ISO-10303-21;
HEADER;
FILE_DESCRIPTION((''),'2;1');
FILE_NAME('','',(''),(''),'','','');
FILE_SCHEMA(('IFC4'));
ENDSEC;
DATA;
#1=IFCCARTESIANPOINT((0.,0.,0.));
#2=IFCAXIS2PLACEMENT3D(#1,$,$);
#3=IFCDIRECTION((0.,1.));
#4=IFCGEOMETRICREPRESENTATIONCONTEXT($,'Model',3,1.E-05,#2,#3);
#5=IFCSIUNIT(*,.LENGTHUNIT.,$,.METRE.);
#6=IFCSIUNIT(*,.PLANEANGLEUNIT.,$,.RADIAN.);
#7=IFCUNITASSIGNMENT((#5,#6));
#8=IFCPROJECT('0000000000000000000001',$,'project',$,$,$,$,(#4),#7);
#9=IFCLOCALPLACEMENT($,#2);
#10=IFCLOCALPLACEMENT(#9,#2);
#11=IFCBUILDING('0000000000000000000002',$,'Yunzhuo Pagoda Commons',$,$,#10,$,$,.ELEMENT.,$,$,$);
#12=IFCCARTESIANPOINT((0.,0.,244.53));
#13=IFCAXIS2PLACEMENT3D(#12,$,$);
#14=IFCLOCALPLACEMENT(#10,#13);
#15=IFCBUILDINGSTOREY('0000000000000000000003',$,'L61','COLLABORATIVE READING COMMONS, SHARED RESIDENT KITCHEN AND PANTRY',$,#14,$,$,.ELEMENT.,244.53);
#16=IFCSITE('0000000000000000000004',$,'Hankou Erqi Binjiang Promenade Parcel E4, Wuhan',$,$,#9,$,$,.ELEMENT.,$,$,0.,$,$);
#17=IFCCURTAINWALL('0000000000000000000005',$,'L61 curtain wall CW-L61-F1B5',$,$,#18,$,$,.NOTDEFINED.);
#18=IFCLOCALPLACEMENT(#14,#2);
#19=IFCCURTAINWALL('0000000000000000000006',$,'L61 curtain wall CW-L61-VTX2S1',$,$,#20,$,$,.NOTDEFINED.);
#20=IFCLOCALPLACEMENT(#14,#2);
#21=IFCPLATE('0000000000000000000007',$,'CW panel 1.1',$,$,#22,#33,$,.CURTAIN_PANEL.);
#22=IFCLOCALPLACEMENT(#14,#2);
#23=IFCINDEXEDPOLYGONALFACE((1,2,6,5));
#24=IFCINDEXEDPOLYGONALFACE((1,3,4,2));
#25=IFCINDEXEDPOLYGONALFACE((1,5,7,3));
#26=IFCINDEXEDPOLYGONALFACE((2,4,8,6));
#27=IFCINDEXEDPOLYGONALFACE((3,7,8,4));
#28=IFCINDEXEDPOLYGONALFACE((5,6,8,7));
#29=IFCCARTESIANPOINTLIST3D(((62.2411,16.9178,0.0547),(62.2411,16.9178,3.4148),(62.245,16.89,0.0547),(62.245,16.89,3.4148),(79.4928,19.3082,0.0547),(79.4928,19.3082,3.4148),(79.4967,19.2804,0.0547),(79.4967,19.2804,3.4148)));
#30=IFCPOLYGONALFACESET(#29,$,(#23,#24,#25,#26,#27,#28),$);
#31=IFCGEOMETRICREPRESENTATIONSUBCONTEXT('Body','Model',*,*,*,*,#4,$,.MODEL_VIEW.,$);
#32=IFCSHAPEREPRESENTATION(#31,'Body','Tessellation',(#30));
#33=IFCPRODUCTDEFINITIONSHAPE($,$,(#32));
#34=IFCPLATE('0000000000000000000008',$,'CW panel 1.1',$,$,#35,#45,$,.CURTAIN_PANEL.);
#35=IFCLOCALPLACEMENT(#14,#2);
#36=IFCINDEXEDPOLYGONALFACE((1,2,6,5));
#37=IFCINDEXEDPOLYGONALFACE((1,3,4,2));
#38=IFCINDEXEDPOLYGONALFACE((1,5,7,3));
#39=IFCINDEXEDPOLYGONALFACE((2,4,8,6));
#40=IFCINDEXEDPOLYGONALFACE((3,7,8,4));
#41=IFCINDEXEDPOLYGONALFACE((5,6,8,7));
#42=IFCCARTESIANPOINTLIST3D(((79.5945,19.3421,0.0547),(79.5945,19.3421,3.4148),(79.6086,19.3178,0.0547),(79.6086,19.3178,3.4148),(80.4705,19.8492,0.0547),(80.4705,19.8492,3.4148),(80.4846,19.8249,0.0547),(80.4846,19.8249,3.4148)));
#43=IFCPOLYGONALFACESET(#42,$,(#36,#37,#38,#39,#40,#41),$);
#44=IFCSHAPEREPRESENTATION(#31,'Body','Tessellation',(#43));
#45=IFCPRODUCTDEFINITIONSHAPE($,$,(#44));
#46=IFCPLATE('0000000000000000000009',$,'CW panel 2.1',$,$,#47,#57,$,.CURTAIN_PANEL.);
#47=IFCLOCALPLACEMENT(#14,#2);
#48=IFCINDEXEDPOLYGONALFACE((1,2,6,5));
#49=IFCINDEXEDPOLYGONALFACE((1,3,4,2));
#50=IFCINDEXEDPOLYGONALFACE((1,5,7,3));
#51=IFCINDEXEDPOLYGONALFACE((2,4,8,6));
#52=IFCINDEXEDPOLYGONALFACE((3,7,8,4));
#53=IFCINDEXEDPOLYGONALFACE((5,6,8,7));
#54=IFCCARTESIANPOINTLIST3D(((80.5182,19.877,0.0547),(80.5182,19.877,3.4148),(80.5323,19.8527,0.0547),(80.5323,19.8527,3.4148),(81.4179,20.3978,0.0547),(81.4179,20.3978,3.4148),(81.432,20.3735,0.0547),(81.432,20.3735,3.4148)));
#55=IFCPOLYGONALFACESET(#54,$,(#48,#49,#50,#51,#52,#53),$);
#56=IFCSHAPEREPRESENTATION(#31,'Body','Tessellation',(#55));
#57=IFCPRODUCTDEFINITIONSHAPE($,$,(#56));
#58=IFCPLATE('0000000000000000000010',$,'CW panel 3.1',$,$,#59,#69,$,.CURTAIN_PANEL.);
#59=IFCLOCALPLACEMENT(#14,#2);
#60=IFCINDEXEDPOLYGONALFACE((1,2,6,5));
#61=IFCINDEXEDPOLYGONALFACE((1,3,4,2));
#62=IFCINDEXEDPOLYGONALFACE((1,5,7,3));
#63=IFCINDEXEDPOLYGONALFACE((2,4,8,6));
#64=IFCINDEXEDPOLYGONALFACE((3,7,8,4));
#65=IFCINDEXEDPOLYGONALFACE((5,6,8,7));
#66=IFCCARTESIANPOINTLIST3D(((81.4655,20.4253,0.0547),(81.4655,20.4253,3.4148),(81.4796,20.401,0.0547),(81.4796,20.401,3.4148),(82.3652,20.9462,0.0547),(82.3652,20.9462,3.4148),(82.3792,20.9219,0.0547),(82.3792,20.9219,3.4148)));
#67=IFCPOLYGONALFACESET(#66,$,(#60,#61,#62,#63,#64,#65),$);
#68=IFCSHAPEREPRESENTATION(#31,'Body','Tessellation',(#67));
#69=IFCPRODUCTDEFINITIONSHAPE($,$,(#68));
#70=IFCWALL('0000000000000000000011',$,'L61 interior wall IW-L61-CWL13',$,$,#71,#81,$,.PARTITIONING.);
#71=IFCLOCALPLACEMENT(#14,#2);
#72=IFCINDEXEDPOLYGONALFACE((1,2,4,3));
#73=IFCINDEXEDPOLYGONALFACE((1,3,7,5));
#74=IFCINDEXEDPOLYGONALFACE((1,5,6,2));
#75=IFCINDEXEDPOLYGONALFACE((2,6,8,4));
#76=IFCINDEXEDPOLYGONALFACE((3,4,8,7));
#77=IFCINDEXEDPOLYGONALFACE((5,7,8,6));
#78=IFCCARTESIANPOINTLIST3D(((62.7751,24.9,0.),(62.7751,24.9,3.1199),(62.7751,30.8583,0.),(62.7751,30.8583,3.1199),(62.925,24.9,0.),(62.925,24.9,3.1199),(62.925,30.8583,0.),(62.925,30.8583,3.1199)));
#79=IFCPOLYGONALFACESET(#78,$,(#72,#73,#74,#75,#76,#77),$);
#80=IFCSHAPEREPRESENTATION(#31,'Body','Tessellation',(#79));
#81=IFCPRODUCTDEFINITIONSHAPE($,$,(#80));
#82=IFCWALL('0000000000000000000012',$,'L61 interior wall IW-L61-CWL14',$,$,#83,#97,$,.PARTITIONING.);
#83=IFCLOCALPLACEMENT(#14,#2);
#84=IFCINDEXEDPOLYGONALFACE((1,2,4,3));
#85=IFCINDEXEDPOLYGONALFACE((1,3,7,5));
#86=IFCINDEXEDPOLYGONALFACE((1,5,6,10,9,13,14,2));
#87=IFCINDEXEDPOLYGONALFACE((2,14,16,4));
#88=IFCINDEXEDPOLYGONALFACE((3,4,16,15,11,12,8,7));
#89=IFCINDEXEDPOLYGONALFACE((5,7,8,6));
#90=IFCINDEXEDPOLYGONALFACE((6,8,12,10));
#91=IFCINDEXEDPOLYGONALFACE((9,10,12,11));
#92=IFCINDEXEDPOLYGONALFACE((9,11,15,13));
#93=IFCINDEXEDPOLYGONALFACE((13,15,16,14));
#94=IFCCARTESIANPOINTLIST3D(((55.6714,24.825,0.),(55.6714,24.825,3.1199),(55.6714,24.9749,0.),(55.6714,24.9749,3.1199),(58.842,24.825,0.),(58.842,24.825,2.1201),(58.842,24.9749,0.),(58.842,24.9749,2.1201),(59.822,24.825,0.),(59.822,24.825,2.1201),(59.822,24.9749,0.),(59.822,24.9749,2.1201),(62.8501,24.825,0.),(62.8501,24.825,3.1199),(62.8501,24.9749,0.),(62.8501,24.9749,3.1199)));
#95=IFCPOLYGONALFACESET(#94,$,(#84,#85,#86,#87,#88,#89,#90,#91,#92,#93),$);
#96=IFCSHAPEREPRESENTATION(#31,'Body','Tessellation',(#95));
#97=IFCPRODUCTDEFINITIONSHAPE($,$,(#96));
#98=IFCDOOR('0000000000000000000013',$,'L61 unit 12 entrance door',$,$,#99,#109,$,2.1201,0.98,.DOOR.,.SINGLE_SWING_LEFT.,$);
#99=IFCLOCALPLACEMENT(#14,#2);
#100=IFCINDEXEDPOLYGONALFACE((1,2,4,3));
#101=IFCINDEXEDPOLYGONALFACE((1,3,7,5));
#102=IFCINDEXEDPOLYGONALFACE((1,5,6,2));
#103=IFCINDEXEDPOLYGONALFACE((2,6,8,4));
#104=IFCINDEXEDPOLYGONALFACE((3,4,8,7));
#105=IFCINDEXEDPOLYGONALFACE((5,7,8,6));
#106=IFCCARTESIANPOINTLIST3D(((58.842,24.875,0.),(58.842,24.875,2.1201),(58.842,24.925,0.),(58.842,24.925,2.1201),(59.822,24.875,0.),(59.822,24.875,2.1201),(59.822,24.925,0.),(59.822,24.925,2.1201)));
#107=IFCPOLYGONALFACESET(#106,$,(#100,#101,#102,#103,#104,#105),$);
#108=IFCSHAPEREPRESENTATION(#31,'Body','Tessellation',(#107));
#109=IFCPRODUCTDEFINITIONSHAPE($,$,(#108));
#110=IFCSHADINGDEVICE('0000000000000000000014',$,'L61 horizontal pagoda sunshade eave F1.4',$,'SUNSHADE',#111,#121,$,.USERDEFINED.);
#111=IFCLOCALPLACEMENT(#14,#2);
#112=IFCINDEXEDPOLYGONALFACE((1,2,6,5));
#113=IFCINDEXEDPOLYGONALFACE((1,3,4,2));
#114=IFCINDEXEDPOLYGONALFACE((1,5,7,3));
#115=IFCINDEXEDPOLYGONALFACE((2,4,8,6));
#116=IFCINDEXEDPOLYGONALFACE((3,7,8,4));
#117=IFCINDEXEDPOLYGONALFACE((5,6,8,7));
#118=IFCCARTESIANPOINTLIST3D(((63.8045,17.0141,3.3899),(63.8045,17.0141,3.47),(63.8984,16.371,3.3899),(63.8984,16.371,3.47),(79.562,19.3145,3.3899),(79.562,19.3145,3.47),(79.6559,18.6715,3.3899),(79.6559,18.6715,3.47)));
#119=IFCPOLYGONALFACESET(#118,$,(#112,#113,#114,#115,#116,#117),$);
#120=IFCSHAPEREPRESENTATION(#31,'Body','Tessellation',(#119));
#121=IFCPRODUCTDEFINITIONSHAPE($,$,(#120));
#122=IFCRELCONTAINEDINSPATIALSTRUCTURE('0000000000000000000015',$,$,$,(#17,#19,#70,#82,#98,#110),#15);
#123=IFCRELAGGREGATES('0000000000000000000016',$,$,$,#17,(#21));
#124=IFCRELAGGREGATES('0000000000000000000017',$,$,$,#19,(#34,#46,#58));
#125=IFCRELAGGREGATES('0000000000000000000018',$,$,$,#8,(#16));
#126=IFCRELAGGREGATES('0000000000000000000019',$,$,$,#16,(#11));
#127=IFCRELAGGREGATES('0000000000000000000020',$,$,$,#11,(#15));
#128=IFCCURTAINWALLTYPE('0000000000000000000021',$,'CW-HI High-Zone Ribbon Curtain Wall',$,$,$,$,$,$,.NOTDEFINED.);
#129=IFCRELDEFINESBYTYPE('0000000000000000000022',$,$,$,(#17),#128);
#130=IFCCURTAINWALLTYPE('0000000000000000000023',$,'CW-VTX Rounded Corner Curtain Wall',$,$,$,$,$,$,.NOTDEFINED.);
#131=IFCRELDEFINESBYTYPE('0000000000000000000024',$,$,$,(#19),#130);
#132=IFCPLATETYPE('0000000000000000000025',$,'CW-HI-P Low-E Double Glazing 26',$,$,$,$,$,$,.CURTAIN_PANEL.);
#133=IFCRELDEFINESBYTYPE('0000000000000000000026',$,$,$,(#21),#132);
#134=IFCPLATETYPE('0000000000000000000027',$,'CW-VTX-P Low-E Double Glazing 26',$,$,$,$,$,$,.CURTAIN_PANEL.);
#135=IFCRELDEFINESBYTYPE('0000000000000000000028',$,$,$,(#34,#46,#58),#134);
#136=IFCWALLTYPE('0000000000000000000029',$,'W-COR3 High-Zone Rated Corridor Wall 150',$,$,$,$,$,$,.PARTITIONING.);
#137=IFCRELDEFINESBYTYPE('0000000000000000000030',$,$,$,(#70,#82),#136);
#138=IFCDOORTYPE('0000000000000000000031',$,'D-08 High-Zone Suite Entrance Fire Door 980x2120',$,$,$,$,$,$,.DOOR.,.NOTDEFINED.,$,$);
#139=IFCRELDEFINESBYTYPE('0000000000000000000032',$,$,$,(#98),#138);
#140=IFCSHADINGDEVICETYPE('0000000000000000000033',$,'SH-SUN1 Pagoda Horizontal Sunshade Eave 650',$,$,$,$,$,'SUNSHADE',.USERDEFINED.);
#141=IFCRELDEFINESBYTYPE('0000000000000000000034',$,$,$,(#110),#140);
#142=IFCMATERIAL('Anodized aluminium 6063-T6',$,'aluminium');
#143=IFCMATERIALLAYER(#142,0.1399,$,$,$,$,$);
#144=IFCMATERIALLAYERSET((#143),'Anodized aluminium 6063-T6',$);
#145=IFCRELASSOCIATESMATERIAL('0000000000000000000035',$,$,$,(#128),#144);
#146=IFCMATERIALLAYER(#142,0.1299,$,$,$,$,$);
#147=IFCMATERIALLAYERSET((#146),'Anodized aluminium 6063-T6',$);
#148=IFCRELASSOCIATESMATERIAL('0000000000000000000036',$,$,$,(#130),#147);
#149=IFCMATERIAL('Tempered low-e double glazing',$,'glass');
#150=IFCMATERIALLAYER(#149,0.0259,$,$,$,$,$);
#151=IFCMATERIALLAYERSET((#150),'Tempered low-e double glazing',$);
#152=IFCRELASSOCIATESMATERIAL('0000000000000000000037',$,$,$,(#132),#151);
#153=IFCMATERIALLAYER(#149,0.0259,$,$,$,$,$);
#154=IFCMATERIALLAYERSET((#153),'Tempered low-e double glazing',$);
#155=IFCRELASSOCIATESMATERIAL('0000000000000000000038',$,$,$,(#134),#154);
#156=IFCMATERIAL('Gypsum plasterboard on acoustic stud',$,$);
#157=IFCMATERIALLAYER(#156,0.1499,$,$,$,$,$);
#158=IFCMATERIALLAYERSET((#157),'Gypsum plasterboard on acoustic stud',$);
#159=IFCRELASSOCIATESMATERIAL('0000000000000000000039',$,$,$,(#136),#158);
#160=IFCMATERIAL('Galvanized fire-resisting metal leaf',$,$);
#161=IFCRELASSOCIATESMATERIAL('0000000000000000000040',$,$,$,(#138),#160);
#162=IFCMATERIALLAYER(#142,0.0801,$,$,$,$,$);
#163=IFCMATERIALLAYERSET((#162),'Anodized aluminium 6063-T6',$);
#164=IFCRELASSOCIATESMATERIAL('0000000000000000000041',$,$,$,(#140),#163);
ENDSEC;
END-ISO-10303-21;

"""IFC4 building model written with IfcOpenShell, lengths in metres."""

from ifc_helpers import new_model, si_unit, direction, frame, frame_2d, origin, origin_with_axes, origin_2d, place, context, subcontext, project, spatial, rectangle, extrude, source, transform, mapped, material, layer, layer_set, type_object, element, fill, aggregate, save


model = new_model("IFC4")

# Units and contexts
model_context = context("Model", 3, precision=1e-05, world=origin(), true_north=direction((0.0, 1.0)))
body_context = subcontext(model_context, "Body", "Model", "MODEL_VIEW")
ifc_project = project(units=[si_unit("LENGTHUNIT", "METRE"), si_unit("PLANEANGLEUNIT", "RADIAN")], contexts=[model_context])

# Site, building, storey
site_placement = place(None, origin())
site = spatial("IfcSite", under=ifc_project, at=site_placement, Name="Hankou Erqi Binjiang Promenade Parcel E4, Wuhan", CompositionType="ELEMENT", RefElevation=0.0)
building_placement = place(site_placement, origin())
building = spatial("IfcBuilding", under=site, at=building_placement, Name="Yunzhuo Pagoda Commons", CompositionType="ELEMENT")
storey_placement = place(building_placement, frame((0.0, 0.0, 244.53)))
storey = spatial("IfcBuildingStorey", under=building, at=storey_placement, Name="L61", Description="COLLABORATIVE READING COMMONS, SHARED RESIDENT KITCHEN AND PANTRY", CompositionType="ELEMENT", Elevation=244.53)

# Curtain walls
ifc_material_1 = material(Name="Anodized aluminium 6063-T6", Category="aluminium")
ifc_layer_1 = layer(ifc_material_1, 0.1399)
ifc_layer_set_1 = layer_set([ifc_layer_1], Name="Anodized aluminium 6063-T6")
curtain_wall_type_1 = type_object("IfcCurtainWallType", Name="CW-HI High-Zone Ribbon Curtain Wall", PredefinedType="NOTDEFINED", material=ifc_layer_set_1)
curtain_wall_1_placement = place(storey_placement, origin())
curtain_wall_1 = element("IfcCurtainWall", 1, at=curtain_wall_1_placement, inside=storey, type_object=curtain_wall_type_1, Name="L61 curtain wall CW-L61-F1B5", PredefinedType="NOTDEFINED")
ifc_layer_2 = layer(ifc_material_1, 0.1299)
ifc_layer_set_2 = layer_set([ifc_layer_2], Name="Anodized aluminium 6063-T6")
curtain_wall_type_2 = type_object("IfcCurtainWallType", Name="CW-VTX Rounded Corner Curtain Wall", PredefinedType="NOTDEFINED", material=ifc_layer_set_2)
curtain_wall_2_placement = place(storey_placement, origin())
curtain_wall_2 = element("IfcCurtainWall", 2, at=curtain_wall_2_placement, inside=storey, type_object=curtain_wall_type_2, Name="L61 curtain wall CW-L61-VTX2S1", PredefinedType="NOTDEFINED")

# Plates
ifc_material_2 = material(Name="Tempered low-e double glazing", Category="glass")
ifc_layer_3 = layer(ifc_material_2, 0.0259)
ifc_layer_set_3 = layer_set([ifc_layer_3], Name="Tempered low-e double glazing")
plate_type_1 = type_object("IfcPlateType", Name="CW-HI-P Low-E Double Glazing 26", PredefinedType="CURTAIN_PANEL", material=ifc_layer_set_3)
shared_shape_1 = source(origin(), body_context, "Body", "SweptSolid", [
    extrude(rectangle(XDim=17.4165, YDim=0.0281, at=origin_2d()), origin(), (0.0, 0.0, 1.0), 3.3601),
])
plate_1_placement = place(storey_placement, frame((70.8689, 18.0991, 0.0547), z_axis=(0.0, 0.0, 1.0), x_axis=(0.990536, 0.13725, 0.0)))
plate_1 = element("IfcPlate", 3, at=plate_1_placement, type_object=plate_type_1, Name="CW panel 1.1", PredefinedType="CURTAIN_PANEL", context=body_context, shape_type="MappedRepresentation", body=[
    mapped(shared_shape_1, transform((0.0, 0.0, 0.0), scale=1.0)),
])
aggregate(curtain_wall_1, [plate_1])
ifc_layer_4 = layer(ifc_material_2, 0.0259)
ifc_layer_set_4 = layer_set([ifc_layer_4], Name="Tempered low-e double glazing")
plate_type_2 = type_object("IfcPlateType", Name="CW-VTX-P Low-E Double Glazing 26", PredefinedType="CURTAIN_PANEL", material=ifc_layer_set_4)
shared_shape_2 = source(origin(), body_context, "Body", "SweptSolid", [
    extrude(rectangle(XDim=1.0122, YDim=0.0281, at=origin_2d()), origin(), (0.0, 0.0, 1.0), 3.3601),
])
plate_2_placement = place(storey_placement, frame((80.0396, 19.5835, 0.0547), z_axis=(0.0, 0.0, 1.0), x_axis=(0.865427, 0.501035, 0.0)))
plate_2 = element("IfcPlate", 4, at=plate_2_placement, type_object=plate_type_2, Name="CW panel 1.1", PredefinedType="CURTAIN_PANEL", context=body_context, shape_type="MappedRepresentation", body=[
    mapped(shared_shape_2, transform((0.0, 0.0, 0.0), scale=1.0)),
])
shared_shape_3 = source(origin(), body_context, "Body", "SweptSolid", [
    extrude(rectangle(XDim=1.0396, YDim=0.0281, at=origin_2d()), origin(), (0.0, 0.0, 1.0), 3.3601),
])
plate_3_placement = place(storey_placement, frame((80.9751, 20.1252, 0.0547), z_axis=(0.0, 0.0, 1.0), x_axis=(0.865427, 0.501035, 0.0)))
plate_3 = element("IfcPlate", 5, at=plate_3_placement, type_object=plate_type_2, Name="CW panel 2.1", PredefinedType="CURTAIN_PANEL", context=body_context, shape_type="MappedRepresentation", body=[
    mapped(shared_shape_3, transform((0.0, 0.0, 0.0), scale=1.0)),
])
plate_4_placement = place(storey_placement, frame((81.9224, 20.6736, 0.0547), z_axis=(0.0, 0.0, 1.0), x_axis=(0.865427, 0.501035, 0.0)))
plate_4 = element("IfcPlate", 6, at=plate_4_placement, type_object=plate_type_2, Name="CW panel 3.1", PredefinedType="CURTAIN_PANEL", context=body_context, shape_type="MappedRepresentation", body=[
    mapped(shared_shape_3, transform((0.0, 0.0, 0.0), scale=1.0)),
])
aggregate(curtain_wall_2, [plate_2, plate_3, plate_4])

# Wall
ifc_material_3 = material(Name="Gypsum plasterboard on acoustic stud")
ifc_layer_5 = layer(ifc_material_3, 0.1499)
ifc_layer_set_5 = layer_set([ifc_layer_5], Name="Gypsum plasterboard on acoustic stud")
wall_type = type_object("IfcWallType", Name="W-COR3 High-Zone Rated Corridor Wall 150", PredefinedType="PARTITIONING", material=ifc_layer_set_5)
wall_1_placement = place(storey_placement, frame((62.8501, 30.8582, 0.0), z_axis=(0.0, 0.0, 1.0), x_axis=(0.0, -1.0, 0.0)))
element("IfcWall", 7, at=wall_1_placement, inside=storey, type_object=wall_type, Name="L61 interior wall IW-L61-CWL13", PredefinedType="PARTITIONING", context=body_context, shape_type="SweptSolid", body=[
    extrude(rectangle(XDim=5.9583, YDim=0.1499, at=frame_2d((2.979, 0.0))), origin(), (0.0, 0.0, 1.0), 3.1199),
])

# Wall, opening, door
wall_2_placement = place(storey_placement, frame((62.8501, 24.8999, 0.0), z_axis=(0.0, 0.0, 1.0), x_axis=(-1.0, 0.0, 0.0)))
wall_2 = element("IfcWall", 8, at=wall_2_placement, inside=storey, type_object=wall_type, Name="L61 interior wall IW-L61-CWL14", PredefinedType="PARTITIONING", context=body_context, shape_type="SweptSolid", body=[
    extrude(rectangle(XDim=7.1787, YDim=0.1499, at=frame_2d((3.5894, 0.0))), origin(), (0.0, 0.0, 1.0), 3.1199),
])
opening_placement = place(wall_2_placement, frame((3.0281, 0.0, 0.0)))
opening = element("IfcOpeningElement", 9, at=opening_placement, cuts=wall_2, PredefinedType="OPENING", context=body_context, shape_type="SweptSolid", body=[
    extrude(rectangle(XDim=0.98, YDim=2.1201, at=frame_2d((0.49, 1.0601))), frame((0.0, 0.085, 0.0), z_axis=(0.0, -1.0, 0.0), x_axis=(1.0, 0.0, 0.0)), (0.0, 0.0, 1.0), 0.1699),
])
ifc_material_4 = material(Name="Galvanized fire-resisting metal leaf")
door_type = type_object("IfcDoorType", Name="D-08 High-Zone Suite Entrance Fire Door 980x2120", OperationType="NOTDEFINED", PredefinedType="DOOR", material=ifc_material_4)
shared_shape_4 = source(origin(), body_context, "Body", "SweptSolid", [
    extrude(rectangle(XDim=0.98, YDim=2.1201, at=frame_2d((0.49, 1.0601))), frame((0.0, 0.0249, 0.0), z_axis=(0.0, -1.0, 0.0), x_axis=(1.0, 0.0, 0.0)), (0.0, 0.0, 1.0), 0.05),
])
door_placement = place(opening_placement, origin_with_axes())
door = element("IfcDoor", 10, at=door_placement, inside=storey, type_object=door_type, Name="L61 unit 12 entrance door", OperationType="SINGLE_SWING_LEFT", OverallHeight=2.1201, OverallWidth=0.98, PredefinedType="DOOR", context=body_context, shape_type="MappedRepresentation", body=[
    mapped(shared_shape_4, transform((0.0, 0.0, 0.0), scale=1.0)),
])
fill(opening, door)

# Shading device
ifc_layer_6 = layer(ifc_material_1, 0.0801)
ifc_layer_set_6 = layer_set([ifc_layer_6], Name="Anodized aluminium 6063-T6")
shading_device_type = type_object("IfcShadingDeviceType", Name="SH-SUN1 Pagoda Horizontal Sunshade Eave 650", ElementType="SUNSHADE", PredefinedType="USERDEFINED", material=ifc_layer_set_6)
shared_shape_5 = source(origin(), body_context, "Body", "SweptSolid", [
    extrude(rectangle(XDim=15.9246, YDim=0.6499, at=origin_2d()), origin(), (0.0, 0.0, 1.0), 0.0801),
])
shading_device_placement = place(storey_placement, frame((71.7302, 17.8428, 3.3899), z_axis=(0.0, 0.0, 1.0), x_axis=(0.989511, 0.14446, 0.0)))
element("IfcShadingDevice", 11, at=shading_device_placement, inside=storey, type_object=shading_device_type, Name="L61 horizontal pagoda sunshade eave F1.4", ObjectType="SUNSHADE", PredefinedType="USERDEFINED", context=body_context, shape_type="MappedRepresentation", body=[
    mapped(shared_shape_5, transform((0.0, 0.0, 0.0), scale=1.0)),
])

save(model, "model.ifc")
